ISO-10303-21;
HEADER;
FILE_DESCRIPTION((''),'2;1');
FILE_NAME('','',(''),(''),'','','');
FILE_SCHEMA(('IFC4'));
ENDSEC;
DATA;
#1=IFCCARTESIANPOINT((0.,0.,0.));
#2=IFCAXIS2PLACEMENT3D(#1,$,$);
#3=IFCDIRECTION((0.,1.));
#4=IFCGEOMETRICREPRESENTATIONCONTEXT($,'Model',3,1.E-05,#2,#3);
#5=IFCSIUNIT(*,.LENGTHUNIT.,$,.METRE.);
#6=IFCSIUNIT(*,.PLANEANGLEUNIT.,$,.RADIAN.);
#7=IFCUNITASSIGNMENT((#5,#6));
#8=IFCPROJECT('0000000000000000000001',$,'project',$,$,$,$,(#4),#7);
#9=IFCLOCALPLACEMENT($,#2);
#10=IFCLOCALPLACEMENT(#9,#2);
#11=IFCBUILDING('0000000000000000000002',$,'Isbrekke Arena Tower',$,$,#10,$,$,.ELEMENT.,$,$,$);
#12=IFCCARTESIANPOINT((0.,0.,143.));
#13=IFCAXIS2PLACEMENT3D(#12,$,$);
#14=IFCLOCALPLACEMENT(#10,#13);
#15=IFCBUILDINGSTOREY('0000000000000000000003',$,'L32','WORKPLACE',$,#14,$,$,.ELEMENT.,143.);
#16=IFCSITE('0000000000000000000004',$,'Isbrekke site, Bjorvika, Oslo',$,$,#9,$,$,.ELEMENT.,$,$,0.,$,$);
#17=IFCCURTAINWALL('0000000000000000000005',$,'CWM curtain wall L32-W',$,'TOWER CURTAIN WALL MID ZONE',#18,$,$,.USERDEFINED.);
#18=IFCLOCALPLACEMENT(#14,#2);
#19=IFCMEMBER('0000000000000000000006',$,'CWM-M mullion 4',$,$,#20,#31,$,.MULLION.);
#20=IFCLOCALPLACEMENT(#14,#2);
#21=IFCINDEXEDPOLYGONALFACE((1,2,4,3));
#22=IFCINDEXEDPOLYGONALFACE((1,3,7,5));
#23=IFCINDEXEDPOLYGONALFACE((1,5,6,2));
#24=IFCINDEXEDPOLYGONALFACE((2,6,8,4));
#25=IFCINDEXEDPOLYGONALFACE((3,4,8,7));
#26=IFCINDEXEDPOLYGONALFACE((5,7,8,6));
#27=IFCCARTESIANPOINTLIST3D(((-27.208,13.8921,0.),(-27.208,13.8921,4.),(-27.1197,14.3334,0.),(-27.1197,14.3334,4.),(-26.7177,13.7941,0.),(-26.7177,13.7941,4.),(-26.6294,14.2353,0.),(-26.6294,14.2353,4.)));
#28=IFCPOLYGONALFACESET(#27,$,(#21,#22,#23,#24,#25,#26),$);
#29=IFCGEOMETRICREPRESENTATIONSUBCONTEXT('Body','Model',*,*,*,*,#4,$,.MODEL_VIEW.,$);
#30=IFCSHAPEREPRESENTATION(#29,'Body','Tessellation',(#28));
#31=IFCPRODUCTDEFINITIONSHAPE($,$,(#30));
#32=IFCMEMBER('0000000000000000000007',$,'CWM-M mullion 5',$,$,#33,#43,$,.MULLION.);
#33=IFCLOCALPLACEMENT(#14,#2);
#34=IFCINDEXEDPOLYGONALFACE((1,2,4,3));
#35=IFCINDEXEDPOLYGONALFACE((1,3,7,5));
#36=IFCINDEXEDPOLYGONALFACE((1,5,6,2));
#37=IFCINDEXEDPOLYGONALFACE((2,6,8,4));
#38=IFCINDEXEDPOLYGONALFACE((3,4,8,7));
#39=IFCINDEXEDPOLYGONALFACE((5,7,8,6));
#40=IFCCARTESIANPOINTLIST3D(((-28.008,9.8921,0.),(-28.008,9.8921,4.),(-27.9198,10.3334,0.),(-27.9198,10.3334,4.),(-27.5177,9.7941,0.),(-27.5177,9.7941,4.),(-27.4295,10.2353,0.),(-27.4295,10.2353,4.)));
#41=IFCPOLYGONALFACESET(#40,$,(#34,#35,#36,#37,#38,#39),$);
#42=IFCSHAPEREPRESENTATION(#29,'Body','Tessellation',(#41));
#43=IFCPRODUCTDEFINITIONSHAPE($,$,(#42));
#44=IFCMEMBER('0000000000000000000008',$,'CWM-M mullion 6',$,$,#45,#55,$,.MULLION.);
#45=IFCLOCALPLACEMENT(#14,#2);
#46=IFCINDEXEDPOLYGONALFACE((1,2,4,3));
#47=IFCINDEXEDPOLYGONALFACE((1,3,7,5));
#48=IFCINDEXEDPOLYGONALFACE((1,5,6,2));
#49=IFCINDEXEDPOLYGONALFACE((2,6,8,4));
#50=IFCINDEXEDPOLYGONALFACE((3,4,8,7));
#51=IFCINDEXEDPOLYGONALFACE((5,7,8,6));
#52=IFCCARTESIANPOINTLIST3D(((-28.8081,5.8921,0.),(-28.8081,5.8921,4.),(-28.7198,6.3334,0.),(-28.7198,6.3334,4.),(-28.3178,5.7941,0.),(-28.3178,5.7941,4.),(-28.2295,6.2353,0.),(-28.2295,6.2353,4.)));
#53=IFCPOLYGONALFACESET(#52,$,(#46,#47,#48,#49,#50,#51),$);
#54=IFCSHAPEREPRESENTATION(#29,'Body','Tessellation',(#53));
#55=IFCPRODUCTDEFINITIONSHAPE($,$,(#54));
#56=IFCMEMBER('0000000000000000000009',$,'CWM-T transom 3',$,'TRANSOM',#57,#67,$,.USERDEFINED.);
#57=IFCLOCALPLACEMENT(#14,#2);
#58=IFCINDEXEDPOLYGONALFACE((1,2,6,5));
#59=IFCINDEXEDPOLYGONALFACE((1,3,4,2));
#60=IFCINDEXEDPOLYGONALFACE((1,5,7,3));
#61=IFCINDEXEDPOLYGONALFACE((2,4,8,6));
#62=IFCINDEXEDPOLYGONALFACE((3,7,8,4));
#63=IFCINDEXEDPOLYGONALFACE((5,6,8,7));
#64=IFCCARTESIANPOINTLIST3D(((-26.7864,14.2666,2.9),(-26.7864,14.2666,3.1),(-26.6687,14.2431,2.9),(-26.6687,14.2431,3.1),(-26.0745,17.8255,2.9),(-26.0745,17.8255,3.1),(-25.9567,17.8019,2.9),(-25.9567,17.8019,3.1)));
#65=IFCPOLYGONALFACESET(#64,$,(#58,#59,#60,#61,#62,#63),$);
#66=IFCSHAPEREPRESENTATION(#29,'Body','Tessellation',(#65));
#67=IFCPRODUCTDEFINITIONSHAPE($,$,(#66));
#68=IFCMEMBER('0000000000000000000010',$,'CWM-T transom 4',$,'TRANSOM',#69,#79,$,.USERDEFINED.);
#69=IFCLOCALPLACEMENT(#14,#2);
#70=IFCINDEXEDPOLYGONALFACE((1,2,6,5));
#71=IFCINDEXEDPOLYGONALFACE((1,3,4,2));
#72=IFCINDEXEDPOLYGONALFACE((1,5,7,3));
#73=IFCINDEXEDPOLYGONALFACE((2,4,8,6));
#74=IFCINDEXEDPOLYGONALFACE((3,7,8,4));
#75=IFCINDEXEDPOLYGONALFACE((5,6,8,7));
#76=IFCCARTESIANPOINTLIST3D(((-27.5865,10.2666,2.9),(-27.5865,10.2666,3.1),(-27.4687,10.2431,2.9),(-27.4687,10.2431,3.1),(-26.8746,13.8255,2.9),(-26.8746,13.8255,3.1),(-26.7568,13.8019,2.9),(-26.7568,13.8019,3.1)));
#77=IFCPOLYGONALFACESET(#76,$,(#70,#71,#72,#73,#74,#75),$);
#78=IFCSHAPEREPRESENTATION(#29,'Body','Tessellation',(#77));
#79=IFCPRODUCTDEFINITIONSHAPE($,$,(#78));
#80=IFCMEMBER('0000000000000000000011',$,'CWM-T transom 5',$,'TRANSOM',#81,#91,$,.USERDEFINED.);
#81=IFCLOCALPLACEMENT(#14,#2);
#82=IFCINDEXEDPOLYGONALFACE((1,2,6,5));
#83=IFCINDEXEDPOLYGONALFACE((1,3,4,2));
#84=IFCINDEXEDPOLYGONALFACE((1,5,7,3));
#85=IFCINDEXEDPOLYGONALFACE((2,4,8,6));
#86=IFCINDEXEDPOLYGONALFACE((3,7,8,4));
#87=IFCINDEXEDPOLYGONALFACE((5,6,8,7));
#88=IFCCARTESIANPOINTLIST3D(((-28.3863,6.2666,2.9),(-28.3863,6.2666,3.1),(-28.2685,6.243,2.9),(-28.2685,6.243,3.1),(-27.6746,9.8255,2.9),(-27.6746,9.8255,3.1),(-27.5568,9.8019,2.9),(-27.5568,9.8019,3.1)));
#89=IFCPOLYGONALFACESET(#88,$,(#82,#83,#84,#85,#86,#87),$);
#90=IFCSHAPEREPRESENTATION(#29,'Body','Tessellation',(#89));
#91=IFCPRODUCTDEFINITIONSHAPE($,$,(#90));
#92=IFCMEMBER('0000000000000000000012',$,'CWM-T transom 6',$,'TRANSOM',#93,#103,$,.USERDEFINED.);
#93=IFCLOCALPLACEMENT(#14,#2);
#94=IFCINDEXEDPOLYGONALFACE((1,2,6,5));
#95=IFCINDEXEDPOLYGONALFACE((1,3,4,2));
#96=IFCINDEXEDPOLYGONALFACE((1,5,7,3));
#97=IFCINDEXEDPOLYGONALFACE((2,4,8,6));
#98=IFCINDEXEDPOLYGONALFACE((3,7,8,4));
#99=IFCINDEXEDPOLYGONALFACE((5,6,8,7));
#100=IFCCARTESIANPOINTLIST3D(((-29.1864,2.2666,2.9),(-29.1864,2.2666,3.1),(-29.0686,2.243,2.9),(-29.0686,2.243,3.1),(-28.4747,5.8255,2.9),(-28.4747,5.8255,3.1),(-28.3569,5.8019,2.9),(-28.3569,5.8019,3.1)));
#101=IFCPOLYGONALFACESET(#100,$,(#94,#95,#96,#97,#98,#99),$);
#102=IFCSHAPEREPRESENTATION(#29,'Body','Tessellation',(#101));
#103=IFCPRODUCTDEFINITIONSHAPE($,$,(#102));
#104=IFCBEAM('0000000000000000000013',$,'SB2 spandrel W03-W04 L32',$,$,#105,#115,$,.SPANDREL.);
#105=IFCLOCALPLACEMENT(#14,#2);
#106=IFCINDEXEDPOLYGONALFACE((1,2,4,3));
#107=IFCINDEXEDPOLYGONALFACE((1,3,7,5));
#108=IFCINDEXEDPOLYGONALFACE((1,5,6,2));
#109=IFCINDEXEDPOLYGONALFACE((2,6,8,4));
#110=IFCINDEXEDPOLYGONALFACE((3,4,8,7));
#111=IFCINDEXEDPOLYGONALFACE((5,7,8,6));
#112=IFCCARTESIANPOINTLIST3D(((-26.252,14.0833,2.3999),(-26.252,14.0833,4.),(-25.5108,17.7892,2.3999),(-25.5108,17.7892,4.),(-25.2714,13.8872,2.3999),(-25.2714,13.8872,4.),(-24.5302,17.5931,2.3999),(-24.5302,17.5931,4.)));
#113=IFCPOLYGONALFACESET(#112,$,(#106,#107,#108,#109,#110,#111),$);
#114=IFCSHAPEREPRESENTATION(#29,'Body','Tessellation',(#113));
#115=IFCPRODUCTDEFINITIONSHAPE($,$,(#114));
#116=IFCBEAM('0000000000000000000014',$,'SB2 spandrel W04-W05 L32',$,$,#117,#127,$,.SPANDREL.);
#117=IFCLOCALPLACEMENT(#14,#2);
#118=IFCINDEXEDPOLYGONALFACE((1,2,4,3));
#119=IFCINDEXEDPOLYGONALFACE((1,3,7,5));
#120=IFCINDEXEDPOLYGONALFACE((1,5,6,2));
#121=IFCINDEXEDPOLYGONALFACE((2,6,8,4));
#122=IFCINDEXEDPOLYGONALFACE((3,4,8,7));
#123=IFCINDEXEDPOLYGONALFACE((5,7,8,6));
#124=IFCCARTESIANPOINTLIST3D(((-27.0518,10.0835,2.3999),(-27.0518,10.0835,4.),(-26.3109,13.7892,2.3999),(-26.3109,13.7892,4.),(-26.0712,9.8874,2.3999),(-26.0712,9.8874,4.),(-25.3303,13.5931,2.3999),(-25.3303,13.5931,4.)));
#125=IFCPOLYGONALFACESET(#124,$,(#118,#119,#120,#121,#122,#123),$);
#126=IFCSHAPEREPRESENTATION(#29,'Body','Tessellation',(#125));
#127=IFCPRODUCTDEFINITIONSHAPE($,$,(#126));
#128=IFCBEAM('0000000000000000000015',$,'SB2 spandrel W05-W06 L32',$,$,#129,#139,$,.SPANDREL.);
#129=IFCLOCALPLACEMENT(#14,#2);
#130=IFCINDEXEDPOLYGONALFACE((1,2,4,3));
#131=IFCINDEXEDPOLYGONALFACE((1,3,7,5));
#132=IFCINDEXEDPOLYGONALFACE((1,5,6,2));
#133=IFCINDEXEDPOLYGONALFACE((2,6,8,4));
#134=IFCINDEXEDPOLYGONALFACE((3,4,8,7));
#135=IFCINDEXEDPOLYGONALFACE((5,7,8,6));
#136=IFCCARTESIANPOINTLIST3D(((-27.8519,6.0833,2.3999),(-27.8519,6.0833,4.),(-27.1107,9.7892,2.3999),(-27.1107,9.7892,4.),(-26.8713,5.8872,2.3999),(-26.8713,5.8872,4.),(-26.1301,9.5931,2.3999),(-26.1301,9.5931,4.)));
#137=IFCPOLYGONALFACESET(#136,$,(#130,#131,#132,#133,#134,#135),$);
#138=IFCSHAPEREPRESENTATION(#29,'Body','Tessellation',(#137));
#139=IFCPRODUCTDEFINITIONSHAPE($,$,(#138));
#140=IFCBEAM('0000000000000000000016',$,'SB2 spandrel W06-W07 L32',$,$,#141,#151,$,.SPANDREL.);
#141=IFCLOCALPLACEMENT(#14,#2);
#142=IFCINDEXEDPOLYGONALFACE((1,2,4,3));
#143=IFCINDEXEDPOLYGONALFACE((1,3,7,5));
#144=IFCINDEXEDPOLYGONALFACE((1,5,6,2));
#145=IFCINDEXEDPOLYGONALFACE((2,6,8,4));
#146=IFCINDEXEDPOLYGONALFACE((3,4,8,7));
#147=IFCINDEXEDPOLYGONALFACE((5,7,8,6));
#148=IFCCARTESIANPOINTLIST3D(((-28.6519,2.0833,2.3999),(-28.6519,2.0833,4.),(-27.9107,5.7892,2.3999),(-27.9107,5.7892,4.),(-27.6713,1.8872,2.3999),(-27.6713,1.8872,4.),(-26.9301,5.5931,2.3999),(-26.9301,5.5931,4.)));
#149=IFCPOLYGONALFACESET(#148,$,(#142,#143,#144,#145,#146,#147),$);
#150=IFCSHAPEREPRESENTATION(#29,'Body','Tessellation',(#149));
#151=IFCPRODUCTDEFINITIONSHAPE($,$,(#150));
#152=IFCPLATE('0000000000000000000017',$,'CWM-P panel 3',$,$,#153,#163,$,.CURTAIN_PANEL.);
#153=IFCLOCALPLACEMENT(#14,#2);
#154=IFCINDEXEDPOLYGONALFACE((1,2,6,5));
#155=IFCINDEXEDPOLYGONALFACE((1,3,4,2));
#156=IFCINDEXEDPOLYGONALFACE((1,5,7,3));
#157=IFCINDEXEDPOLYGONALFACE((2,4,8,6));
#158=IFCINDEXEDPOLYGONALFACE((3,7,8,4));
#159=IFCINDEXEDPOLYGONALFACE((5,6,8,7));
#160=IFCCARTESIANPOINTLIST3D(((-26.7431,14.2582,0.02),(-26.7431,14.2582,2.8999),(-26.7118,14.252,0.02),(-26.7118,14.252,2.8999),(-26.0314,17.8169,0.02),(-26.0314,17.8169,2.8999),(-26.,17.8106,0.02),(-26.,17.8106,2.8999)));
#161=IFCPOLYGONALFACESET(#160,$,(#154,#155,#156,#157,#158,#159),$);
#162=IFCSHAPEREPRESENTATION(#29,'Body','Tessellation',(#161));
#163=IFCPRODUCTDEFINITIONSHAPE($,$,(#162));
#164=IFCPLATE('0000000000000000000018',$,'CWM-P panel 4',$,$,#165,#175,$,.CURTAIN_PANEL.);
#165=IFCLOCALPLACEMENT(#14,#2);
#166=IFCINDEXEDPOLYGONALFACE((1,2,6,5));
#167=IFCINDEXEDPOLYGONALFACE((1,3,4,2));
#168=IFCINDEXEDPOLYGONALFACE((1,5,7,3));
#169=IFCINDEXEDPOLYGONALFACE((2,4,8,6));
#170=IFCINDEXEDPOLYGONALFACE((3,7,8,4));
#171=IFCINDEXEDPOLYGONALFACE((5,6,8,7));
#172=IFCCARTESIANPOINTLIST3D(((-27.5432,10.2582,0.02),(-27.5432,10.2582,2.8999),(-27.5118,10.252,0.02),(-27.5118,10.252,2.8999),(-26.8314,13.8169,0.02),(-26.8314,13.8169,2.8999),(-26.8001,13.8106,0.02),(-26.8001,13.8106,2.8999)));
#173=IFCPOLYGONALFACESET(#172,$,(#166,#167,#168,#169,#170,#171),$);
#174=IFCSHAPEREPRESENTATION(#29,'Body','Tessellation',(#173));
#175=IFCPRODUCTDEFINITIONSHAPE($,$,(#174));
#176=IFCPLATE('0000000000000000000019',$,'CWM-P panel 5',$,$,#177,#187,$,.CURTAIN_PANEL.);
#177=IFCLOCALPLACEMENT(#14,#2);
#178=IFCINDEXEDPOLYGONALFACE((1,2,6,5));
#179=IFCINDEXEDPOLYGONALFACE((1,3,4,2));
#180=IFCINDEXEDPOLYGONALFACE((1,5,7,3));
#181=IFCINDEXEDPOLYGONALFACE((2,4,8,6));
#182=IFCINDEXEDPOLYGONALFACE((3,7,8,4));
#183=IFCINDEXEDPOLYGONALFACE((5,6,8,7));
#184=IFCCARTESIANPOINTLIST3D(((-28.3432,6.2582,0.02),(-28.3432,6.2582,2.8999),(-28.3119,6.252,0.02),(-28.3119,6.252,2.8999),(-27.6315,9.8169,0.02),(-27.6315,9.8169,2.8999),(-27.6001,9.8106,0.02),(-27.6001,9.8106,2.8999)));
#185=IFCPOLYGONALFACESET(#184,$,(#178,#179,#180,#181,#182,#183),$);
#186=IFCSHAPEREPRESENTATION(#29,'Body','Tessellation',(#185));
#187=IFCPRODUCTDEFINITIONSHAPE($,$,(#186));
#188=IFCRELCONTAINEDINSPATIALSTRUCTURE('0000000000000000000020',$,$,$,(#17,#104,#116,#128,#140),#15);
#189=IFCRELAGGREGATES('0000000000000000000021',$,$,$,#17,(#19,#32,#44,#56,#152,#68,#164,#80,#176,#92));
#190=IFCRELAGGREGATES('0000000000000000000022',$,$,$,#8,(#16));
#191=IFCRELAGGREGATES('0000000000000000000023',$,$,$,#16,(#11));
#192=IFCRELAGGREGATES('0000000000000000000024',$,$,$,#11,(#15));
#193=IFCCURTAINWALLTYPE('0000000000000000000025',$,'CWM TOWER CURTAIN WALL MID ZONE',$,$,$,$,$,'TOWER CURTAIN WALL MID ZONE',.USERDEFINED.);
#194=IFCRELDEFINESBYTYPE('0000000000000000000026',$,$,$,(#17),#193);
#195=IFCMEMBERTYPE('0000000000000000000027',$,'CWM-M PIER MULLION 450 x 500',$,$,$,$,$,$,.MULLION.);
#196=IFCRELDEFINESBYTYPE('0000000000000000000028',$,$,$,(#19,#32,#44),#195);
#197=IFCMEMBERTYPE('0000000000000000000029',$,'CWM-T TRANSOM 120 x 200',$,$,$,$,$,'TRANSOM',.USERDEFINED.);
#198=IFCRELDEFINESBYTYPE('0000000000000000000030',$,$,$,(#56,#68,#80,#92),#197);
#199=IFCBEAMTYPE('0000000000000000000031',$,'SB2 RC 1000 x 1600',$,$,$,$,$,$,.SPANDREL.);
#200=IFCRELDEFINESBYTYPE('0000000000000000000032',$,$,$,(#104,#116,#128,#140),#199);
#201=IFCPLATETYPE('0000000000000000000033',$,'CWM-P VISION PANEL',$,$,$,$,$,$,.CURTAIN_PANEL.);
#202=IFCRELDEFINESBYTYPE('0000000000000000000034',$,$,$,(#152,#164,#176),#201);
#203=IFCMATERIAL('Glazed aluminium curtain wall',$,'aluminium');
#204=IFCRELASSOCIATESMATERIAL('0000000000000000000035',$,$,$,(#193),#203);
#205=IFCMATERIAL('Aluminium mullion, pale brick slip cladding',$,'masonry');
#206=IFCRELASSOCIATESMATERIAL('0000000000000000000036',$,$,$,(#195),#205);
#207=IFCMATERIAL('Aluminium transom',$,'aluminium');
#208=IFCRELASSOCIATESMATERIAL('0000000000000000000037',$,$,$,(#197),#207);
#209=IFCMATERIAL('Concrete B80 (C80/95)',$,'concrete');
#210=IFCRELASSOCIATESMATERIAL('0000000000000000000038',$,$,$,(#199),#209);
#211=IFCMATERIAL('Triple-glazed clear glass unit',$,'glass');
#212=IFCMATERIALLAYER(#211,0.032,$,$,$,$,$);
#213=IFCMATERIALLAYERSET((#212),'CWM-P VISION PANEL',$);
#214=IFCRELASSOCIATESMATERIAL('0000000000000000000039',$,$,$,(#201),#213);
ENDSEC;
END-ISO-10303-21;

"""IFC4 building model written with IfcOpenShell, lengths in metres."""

from ifc_helpers import new_model, si_unit, direction, frame, origin, origin_2d, place, context, subcontext, project, spatial, rectangle, extrude, material, layer, layer_set, material_profile, profile_set, type_object, element, aggregate, save


model = new_model("IFC4")

# Units and contexts
model_context = context("Model", 3, precision=1e-05, world=origin(), true_north=direction((0.0, 1.0)))
body_context = subcontext(model_context, "Body", "Model", "MODEL_VIEW")
ifc_project = project(units=[si_unit("LENGTHUNIT", "METRE"), si_unit("PLANEANGLEUNIT", "RADIAN")], contexts=[model_context])

# Site, building, storey
site_placement = place(None, origin())
site = spatial("IfcSite", under=ifc_project, at=site_placement, Name="Isbrekke site, Bjorvika, Oslo", CompositionType="ELEMENT", RefElevation=0.0)
building_placement = place(site_placement, origin())
building = spatial("IfcBuilding", under=site, at=building_placement, Name="Isbrekke Arena Tower", CompositionType="ELEMENT")
storey_placement = place(building_placement, frame((0.0, 0.0, 143.0)))
storey = spatial("IfcBuildingStorey", under=building, at=storey_placement, Name="L32", Description="WORKPLACE", CompositionType="ELEMENT", Elevation=143.0)

# Curtain wall, members
ifc_material_1 = material(Name="Glazed aluminium curtain wall", Category="aluminium")
curtain_wall_type = type_object("IfcCurtainWallType", Name="CWM TOWER CURTAIN WALL MID ZONE", ElementType="TOWER CURTAIN WALL MID ZONE", PredefinedType="USERDEFINED", material=ifc_material_1)
curtain_wall_placement = place(storey_placement, origin())
curtain_wall = element("IfcCurtainWall", 1, at=curtain_wall_placement, inside=storey, type_object=curtain_wall_type, Name="CWM curtain wall L32-W", ObjectType="TOWER CURTAIN WALL MID ZONE", PredefinedType="USERDEFINED")
ifc_material_2 = material(Name="Aluminium mullion, pale brick slip cladding", Category="masonry")
ifc_material_profile_1 = material_profile(ifc_material_2, rectangle(XDim=0.45, YDim=0.5, at=origin_2d()), Name="PIER 450X500")
ifc_profile_set_1 = profile_set([ifc_material_profile_1], Name="Aluminium mullion, pale brick slip cladding")
member_type_1 = type_object("IfcMemberType", Name="CWM-M PIER MULLION 450 x 500", PredefinedType="MULLION", material=ifc_profile_set_1)
member_1_placement = place(storey_placement, frame((-26.9187, 14.0637, 0.0), z_axis=(0.0, 0.0, 1.0), x_axis=(-0.196116, -0.980581, 0.0)))
member_1 = element("IfcMember", 2, at=member_1_placement, type_object=member_type_1, Name="CWM-M mullion 4", PredefinedType="MULLION", context=body_context, shape_type="SweptSolid", body=[
    extrude(rectangle(XDim=0.45, YDim=0.5, at=origin_2d()), origin(), (0.0, 0.0, 1.0), 4.0),
])
member_2_placement = place(storey_placement, frame((-27.7188, 10.0637, 0.0), z_axis=(0.0, 0.0, 1.0), x_axis=(-0.196116, -0.980581, 0.0)))
member_2 = element("IfcMember", 3, at=member_2_placement, type_object=member_type_1, Name="CWM-M mullion 5", PredefinedType="MULLION", context=body_context, shape_type="SweptSolid", body=[
    extrude(rectangle(XDim=0.45, YDim=0.5, at=origin_2d()), origin(), (0.0, 0.0, 1.0), 4.0),
])
member_3_placement = place(storey_placement, frame((-28.5188, 6.0637, 0.0), z_axis=(0.0, 0.0, 1.0), x_axis=(-0.196116, -0.980581, 0.0)))
member_3 = element("IfcMember", 4, at=member_3_placement, type_object=member_type_1, Name="CWM-M mullion 6", PredefinedType="MULLION", context=body_context, shape_type="SweptSolid", body=[
    extrude(rectangle(XDim=0.45, YDim=0.5, at=origin_2d()), origin(), (0.0, 0.0, 1.0), 4.0),
])
ifc_material_3 = material(Name="Aluminium transom", Category="aluminium")
ifc_material_profile_2 = material_profile(ifc_material_3, rectangle(XDim=0.1201, YDim=0.2, at=origin_2d()), Name="TRANSOM 120X200")
ifc_profile_set_2 = profile_set([ifc_material_profile_2], Name="Aluminium transom")
member_type_2 = type_object("IfcMemberType", Name="CWM-T TRANSOM 120 x 200", ElementType="TRANSOM", PredefinedType="USERDEFINED", material=ifc_profile_set_2)
member_4_placement = place(storey_placement, frame((-26.0156, 17.8137, 3.0), z_axis=(-0.196155, -0.980573, 0.0), x_axis=(0.980573, -0.196155, 0.0)))
member_4 = element("IfcMember", 5, at=member_4_placement, type_object=member_type_2, Name="CWM-T transom 3", ObjectType="TRANSOM", PredefinedType="USERDEFINED", context=body_context, shape_type="SweptSolid", body=[
    extrude(rectangle(XDim=0.1201, YDim=0.2, at=origin_2d()), origin(), (0.0, 0.0, 1.0), 3.6294),
])
member_5_placement = place(storey_placement, frame((-26.8157, 13.8137, 3.0), z_axis=(-0.196155, -0.980573, 0.0), x_axis=(0.980573, -0.196155, 0.0)))
member_5 = element("IfcMember", 6, at=member_5_placement, type_object=member_type_2, Name="CWM-T transom 4", ObjectType="TRANSOM", PredefinedType="USERDEFINED", context=body_context, shape_type="SweptSolid", body=[
    extrude(rectangle(XDim=0.1201, YDim=0.2, at=origin_2d()), origin(), (0.0, 0.0, 1.0), 3.6294),
])
member_6_placement = place(storey_placement, frame((-27.6157, 9.8137, 3.0), z_axis=(-0.19609, -0.980586, 0.0), x_axis=(0.980586, -0.19609, 0.0)))
member_6 = element("IfcMember", 7, at=member_6_placement, type_object=member_type_2, Name="CWM-T transom 5", ObjectType="TRANSOM", PredefinedType="USERDEFINED", context=body_context, shape_type="SweptSolid", body=[
    extrude(rectangle(XDim=0.1201, YDim=0.2, at=origin_2d()), origin(), (0.0, 0.0, 1.0), 3.6294),
])
member_7_placement = place(storey_placement, frame((-28.4158, 5.8137, 3.0), z_axis=(-0.19609, -0.980586, 0.0), x_axis=(0.980586, -0.19609, 0.0)))
member_7 = element("IfcMember", 8, at=member_7_placement, type_object=member_type_2, Name="CWM-T transom 6", ObjectType="TRANSOM", PredefinedType="USERDEFINED", context=body_context, shape_type="SweptSolid", body=[
    extrude(rectangle(XDim=0.1201, YDim=0.2, at=origin_2d()), origin(), (0.0, 0.0, 1.0), 3.6294),
])

# Beams
ifc_material_4 = material(Name="Concrete B80 (C80/95)", Category="concrete")
ifc_material_profile_3 = material_profile(ifc_material_4, rectangle(XDim=1.0, YDim=1.6001, at=origin_2d()), Name="RC 1000x1600")
ifc_profile_set_3 = profile_set([ifc_material_profile_3], Name="Concrete B80 (C80/95)")
beam_type_1 = type_object("IfcBeamType", Name="SB2 RC 1000 x 1600", PredefinedType="SPANDREL", material=ifc_profile_set_3)
beam_1_placement = place(storey_placement, frame((-25.0205, 17.6912, 3.2), z_axis=(-0.196129, -0.980578, 0.0), x_axis=(0.980578, -0.196129, 0.0)))
element("IfcBeam", 9, at=beam_1_placement, inside=storey, type_object=beam_type_1, Name="SB2 spandrel W03-W04 L32", PredefinedType="SPANDREL", context=body_context, shape_type="SweptSolid", body=[
    extrude(rectangle(XDim=1.0, YDim=1.6001, at=origin_2d()), origin(), (0.0, 0.0, 1.0), 3.7793),
])
beam_2_placement = place(storey_placement, frame((-25.8206, 13.6912, 3.2), z_axis=(-0.196066, -0.980591, 0.0), x_axis=(0.980591, -0.196066, 0.0)))
element("IfcBeam", 10, at=beam_2_placement, inside=storey, type_object=beam_type_1, Name="SB2 spandrel W04-W05 L32", PredefinedType="SPANDREL", context=body_context, shape_type="SweptSolid", body=[
    extrude(rectangle(XDim=1.0, YDim=1.6001, at=origin_2d()), origin(), (0.0, 0.0, 1.0), 3.7791),
])
for number, where, z_axis, x_axis, name in (
    (11, (-26.6204, 9.6912, 3.2), (-0.196129, -0.980578, 0.0), (0.980578, -0.196129, 0.0), "SB2 spandrel W05-W06 L32"),
    (12, (-27.4204, 5.6912, 3.2), (-0.196129, -0.980578, 0.0), (0.980578, -0.196129, 0.0), "SB2 spandrel W06-W07 L32"),
):
    element("IfcBeam", number, at=place(storey_placement, frame(where, z_axis=z_axis, x_axis=x_axis)), inside=storey, type_object=beam_type_1, Name=name, PredefinedType="SPANDREL", context=body_context, shape_type="SweptSolid", body=[
        extrude(rectangle(XDim=1.0, YDim=1.6001, at=origin_2d()), origin(), (0.0, 0.0, 1.0), 3.7793),
    ])

# Plates
ifc_material_5 = material(Name="Triple-glazed clear glass unit", Category="glass")
ifc_layer_1 = layer(ifc_material_5, 0.032)
ifc_layer_set_1 = layer_set([ifc_layer_1], Name="CWM-P VISION PANEL")
plate_type = type_object("IfcPlateType", Name="CWM-P VISION PANEL", PredefinedType="CURTAIN_PANEL", material=ifc_layer_set_1)
plate_1_placement = place(storey_placement, frame((-26.3716, 16.0344, 0.02), z_axis=(0.0, 0.0, 1.0), x_axis=(-0.196116, -0.980581, 0.0)))
plate_1 = element("IfcPlate", 13, at=plate_1_placement, type_object=plate_type, Name="CWM-P panel 3", PredefinedType="CURTAIN_PANEL", context=body_context, shape_type="SweptSolid", body=[
    extrude(rectangle(XDim=3.6292, YDim=0.032, at=origin_2d()), origin(), (0.0, 0.0, 1.0), 2.8799),
])
plate_2_placement = place(storey_placement, frame((-27.1716, 12.0344, 0.02), z_axis=(0.0, 0.0, 1.0), x_axis=(-0.196116, -0.980581, 0.0)))
plate_2 = element("IfcPlate", 14, at=plate_2_placement, type_object=plate_type, Name="CWM-P panel 4", PredefinedType="CURTAIN_PANEL", context=body_context, shape_type="SweptSolid", body=[
    extrude(rectangle(XDim=3.6292, YDim=0.032, at=origin_2d()), origin(), (0.0, 0.0, 1.0), 2.8799),
])
plate_3_placement = place(storey_placement, frame((-27.9717, 8.0344, 0.02), z_axis=(0.0, 0.0, 1.0), x_axis=(-0.196116, -0.980581, 0.0)))
plate_3 = element("IfcPlate", 15, at=plate_3_placement, type_object=plate_type, Name="CWM-P panel 5", PredefinedType="CURTAIN_PANEL", context=body_context, shape_type="SweptSolid", body=[
    extrude(rectangle(XDim=3.6292, YDim=0.032, at=origin_2d()), origin(), (0.0, 0.0, 1.0), 2.8799),
])
aggregate(curtain_wall, [member_1, member_2, member_3, member_4, plate_1, member_5, plate_2, member_6, plate_3, member_7])

save(model, "model.ifc")
